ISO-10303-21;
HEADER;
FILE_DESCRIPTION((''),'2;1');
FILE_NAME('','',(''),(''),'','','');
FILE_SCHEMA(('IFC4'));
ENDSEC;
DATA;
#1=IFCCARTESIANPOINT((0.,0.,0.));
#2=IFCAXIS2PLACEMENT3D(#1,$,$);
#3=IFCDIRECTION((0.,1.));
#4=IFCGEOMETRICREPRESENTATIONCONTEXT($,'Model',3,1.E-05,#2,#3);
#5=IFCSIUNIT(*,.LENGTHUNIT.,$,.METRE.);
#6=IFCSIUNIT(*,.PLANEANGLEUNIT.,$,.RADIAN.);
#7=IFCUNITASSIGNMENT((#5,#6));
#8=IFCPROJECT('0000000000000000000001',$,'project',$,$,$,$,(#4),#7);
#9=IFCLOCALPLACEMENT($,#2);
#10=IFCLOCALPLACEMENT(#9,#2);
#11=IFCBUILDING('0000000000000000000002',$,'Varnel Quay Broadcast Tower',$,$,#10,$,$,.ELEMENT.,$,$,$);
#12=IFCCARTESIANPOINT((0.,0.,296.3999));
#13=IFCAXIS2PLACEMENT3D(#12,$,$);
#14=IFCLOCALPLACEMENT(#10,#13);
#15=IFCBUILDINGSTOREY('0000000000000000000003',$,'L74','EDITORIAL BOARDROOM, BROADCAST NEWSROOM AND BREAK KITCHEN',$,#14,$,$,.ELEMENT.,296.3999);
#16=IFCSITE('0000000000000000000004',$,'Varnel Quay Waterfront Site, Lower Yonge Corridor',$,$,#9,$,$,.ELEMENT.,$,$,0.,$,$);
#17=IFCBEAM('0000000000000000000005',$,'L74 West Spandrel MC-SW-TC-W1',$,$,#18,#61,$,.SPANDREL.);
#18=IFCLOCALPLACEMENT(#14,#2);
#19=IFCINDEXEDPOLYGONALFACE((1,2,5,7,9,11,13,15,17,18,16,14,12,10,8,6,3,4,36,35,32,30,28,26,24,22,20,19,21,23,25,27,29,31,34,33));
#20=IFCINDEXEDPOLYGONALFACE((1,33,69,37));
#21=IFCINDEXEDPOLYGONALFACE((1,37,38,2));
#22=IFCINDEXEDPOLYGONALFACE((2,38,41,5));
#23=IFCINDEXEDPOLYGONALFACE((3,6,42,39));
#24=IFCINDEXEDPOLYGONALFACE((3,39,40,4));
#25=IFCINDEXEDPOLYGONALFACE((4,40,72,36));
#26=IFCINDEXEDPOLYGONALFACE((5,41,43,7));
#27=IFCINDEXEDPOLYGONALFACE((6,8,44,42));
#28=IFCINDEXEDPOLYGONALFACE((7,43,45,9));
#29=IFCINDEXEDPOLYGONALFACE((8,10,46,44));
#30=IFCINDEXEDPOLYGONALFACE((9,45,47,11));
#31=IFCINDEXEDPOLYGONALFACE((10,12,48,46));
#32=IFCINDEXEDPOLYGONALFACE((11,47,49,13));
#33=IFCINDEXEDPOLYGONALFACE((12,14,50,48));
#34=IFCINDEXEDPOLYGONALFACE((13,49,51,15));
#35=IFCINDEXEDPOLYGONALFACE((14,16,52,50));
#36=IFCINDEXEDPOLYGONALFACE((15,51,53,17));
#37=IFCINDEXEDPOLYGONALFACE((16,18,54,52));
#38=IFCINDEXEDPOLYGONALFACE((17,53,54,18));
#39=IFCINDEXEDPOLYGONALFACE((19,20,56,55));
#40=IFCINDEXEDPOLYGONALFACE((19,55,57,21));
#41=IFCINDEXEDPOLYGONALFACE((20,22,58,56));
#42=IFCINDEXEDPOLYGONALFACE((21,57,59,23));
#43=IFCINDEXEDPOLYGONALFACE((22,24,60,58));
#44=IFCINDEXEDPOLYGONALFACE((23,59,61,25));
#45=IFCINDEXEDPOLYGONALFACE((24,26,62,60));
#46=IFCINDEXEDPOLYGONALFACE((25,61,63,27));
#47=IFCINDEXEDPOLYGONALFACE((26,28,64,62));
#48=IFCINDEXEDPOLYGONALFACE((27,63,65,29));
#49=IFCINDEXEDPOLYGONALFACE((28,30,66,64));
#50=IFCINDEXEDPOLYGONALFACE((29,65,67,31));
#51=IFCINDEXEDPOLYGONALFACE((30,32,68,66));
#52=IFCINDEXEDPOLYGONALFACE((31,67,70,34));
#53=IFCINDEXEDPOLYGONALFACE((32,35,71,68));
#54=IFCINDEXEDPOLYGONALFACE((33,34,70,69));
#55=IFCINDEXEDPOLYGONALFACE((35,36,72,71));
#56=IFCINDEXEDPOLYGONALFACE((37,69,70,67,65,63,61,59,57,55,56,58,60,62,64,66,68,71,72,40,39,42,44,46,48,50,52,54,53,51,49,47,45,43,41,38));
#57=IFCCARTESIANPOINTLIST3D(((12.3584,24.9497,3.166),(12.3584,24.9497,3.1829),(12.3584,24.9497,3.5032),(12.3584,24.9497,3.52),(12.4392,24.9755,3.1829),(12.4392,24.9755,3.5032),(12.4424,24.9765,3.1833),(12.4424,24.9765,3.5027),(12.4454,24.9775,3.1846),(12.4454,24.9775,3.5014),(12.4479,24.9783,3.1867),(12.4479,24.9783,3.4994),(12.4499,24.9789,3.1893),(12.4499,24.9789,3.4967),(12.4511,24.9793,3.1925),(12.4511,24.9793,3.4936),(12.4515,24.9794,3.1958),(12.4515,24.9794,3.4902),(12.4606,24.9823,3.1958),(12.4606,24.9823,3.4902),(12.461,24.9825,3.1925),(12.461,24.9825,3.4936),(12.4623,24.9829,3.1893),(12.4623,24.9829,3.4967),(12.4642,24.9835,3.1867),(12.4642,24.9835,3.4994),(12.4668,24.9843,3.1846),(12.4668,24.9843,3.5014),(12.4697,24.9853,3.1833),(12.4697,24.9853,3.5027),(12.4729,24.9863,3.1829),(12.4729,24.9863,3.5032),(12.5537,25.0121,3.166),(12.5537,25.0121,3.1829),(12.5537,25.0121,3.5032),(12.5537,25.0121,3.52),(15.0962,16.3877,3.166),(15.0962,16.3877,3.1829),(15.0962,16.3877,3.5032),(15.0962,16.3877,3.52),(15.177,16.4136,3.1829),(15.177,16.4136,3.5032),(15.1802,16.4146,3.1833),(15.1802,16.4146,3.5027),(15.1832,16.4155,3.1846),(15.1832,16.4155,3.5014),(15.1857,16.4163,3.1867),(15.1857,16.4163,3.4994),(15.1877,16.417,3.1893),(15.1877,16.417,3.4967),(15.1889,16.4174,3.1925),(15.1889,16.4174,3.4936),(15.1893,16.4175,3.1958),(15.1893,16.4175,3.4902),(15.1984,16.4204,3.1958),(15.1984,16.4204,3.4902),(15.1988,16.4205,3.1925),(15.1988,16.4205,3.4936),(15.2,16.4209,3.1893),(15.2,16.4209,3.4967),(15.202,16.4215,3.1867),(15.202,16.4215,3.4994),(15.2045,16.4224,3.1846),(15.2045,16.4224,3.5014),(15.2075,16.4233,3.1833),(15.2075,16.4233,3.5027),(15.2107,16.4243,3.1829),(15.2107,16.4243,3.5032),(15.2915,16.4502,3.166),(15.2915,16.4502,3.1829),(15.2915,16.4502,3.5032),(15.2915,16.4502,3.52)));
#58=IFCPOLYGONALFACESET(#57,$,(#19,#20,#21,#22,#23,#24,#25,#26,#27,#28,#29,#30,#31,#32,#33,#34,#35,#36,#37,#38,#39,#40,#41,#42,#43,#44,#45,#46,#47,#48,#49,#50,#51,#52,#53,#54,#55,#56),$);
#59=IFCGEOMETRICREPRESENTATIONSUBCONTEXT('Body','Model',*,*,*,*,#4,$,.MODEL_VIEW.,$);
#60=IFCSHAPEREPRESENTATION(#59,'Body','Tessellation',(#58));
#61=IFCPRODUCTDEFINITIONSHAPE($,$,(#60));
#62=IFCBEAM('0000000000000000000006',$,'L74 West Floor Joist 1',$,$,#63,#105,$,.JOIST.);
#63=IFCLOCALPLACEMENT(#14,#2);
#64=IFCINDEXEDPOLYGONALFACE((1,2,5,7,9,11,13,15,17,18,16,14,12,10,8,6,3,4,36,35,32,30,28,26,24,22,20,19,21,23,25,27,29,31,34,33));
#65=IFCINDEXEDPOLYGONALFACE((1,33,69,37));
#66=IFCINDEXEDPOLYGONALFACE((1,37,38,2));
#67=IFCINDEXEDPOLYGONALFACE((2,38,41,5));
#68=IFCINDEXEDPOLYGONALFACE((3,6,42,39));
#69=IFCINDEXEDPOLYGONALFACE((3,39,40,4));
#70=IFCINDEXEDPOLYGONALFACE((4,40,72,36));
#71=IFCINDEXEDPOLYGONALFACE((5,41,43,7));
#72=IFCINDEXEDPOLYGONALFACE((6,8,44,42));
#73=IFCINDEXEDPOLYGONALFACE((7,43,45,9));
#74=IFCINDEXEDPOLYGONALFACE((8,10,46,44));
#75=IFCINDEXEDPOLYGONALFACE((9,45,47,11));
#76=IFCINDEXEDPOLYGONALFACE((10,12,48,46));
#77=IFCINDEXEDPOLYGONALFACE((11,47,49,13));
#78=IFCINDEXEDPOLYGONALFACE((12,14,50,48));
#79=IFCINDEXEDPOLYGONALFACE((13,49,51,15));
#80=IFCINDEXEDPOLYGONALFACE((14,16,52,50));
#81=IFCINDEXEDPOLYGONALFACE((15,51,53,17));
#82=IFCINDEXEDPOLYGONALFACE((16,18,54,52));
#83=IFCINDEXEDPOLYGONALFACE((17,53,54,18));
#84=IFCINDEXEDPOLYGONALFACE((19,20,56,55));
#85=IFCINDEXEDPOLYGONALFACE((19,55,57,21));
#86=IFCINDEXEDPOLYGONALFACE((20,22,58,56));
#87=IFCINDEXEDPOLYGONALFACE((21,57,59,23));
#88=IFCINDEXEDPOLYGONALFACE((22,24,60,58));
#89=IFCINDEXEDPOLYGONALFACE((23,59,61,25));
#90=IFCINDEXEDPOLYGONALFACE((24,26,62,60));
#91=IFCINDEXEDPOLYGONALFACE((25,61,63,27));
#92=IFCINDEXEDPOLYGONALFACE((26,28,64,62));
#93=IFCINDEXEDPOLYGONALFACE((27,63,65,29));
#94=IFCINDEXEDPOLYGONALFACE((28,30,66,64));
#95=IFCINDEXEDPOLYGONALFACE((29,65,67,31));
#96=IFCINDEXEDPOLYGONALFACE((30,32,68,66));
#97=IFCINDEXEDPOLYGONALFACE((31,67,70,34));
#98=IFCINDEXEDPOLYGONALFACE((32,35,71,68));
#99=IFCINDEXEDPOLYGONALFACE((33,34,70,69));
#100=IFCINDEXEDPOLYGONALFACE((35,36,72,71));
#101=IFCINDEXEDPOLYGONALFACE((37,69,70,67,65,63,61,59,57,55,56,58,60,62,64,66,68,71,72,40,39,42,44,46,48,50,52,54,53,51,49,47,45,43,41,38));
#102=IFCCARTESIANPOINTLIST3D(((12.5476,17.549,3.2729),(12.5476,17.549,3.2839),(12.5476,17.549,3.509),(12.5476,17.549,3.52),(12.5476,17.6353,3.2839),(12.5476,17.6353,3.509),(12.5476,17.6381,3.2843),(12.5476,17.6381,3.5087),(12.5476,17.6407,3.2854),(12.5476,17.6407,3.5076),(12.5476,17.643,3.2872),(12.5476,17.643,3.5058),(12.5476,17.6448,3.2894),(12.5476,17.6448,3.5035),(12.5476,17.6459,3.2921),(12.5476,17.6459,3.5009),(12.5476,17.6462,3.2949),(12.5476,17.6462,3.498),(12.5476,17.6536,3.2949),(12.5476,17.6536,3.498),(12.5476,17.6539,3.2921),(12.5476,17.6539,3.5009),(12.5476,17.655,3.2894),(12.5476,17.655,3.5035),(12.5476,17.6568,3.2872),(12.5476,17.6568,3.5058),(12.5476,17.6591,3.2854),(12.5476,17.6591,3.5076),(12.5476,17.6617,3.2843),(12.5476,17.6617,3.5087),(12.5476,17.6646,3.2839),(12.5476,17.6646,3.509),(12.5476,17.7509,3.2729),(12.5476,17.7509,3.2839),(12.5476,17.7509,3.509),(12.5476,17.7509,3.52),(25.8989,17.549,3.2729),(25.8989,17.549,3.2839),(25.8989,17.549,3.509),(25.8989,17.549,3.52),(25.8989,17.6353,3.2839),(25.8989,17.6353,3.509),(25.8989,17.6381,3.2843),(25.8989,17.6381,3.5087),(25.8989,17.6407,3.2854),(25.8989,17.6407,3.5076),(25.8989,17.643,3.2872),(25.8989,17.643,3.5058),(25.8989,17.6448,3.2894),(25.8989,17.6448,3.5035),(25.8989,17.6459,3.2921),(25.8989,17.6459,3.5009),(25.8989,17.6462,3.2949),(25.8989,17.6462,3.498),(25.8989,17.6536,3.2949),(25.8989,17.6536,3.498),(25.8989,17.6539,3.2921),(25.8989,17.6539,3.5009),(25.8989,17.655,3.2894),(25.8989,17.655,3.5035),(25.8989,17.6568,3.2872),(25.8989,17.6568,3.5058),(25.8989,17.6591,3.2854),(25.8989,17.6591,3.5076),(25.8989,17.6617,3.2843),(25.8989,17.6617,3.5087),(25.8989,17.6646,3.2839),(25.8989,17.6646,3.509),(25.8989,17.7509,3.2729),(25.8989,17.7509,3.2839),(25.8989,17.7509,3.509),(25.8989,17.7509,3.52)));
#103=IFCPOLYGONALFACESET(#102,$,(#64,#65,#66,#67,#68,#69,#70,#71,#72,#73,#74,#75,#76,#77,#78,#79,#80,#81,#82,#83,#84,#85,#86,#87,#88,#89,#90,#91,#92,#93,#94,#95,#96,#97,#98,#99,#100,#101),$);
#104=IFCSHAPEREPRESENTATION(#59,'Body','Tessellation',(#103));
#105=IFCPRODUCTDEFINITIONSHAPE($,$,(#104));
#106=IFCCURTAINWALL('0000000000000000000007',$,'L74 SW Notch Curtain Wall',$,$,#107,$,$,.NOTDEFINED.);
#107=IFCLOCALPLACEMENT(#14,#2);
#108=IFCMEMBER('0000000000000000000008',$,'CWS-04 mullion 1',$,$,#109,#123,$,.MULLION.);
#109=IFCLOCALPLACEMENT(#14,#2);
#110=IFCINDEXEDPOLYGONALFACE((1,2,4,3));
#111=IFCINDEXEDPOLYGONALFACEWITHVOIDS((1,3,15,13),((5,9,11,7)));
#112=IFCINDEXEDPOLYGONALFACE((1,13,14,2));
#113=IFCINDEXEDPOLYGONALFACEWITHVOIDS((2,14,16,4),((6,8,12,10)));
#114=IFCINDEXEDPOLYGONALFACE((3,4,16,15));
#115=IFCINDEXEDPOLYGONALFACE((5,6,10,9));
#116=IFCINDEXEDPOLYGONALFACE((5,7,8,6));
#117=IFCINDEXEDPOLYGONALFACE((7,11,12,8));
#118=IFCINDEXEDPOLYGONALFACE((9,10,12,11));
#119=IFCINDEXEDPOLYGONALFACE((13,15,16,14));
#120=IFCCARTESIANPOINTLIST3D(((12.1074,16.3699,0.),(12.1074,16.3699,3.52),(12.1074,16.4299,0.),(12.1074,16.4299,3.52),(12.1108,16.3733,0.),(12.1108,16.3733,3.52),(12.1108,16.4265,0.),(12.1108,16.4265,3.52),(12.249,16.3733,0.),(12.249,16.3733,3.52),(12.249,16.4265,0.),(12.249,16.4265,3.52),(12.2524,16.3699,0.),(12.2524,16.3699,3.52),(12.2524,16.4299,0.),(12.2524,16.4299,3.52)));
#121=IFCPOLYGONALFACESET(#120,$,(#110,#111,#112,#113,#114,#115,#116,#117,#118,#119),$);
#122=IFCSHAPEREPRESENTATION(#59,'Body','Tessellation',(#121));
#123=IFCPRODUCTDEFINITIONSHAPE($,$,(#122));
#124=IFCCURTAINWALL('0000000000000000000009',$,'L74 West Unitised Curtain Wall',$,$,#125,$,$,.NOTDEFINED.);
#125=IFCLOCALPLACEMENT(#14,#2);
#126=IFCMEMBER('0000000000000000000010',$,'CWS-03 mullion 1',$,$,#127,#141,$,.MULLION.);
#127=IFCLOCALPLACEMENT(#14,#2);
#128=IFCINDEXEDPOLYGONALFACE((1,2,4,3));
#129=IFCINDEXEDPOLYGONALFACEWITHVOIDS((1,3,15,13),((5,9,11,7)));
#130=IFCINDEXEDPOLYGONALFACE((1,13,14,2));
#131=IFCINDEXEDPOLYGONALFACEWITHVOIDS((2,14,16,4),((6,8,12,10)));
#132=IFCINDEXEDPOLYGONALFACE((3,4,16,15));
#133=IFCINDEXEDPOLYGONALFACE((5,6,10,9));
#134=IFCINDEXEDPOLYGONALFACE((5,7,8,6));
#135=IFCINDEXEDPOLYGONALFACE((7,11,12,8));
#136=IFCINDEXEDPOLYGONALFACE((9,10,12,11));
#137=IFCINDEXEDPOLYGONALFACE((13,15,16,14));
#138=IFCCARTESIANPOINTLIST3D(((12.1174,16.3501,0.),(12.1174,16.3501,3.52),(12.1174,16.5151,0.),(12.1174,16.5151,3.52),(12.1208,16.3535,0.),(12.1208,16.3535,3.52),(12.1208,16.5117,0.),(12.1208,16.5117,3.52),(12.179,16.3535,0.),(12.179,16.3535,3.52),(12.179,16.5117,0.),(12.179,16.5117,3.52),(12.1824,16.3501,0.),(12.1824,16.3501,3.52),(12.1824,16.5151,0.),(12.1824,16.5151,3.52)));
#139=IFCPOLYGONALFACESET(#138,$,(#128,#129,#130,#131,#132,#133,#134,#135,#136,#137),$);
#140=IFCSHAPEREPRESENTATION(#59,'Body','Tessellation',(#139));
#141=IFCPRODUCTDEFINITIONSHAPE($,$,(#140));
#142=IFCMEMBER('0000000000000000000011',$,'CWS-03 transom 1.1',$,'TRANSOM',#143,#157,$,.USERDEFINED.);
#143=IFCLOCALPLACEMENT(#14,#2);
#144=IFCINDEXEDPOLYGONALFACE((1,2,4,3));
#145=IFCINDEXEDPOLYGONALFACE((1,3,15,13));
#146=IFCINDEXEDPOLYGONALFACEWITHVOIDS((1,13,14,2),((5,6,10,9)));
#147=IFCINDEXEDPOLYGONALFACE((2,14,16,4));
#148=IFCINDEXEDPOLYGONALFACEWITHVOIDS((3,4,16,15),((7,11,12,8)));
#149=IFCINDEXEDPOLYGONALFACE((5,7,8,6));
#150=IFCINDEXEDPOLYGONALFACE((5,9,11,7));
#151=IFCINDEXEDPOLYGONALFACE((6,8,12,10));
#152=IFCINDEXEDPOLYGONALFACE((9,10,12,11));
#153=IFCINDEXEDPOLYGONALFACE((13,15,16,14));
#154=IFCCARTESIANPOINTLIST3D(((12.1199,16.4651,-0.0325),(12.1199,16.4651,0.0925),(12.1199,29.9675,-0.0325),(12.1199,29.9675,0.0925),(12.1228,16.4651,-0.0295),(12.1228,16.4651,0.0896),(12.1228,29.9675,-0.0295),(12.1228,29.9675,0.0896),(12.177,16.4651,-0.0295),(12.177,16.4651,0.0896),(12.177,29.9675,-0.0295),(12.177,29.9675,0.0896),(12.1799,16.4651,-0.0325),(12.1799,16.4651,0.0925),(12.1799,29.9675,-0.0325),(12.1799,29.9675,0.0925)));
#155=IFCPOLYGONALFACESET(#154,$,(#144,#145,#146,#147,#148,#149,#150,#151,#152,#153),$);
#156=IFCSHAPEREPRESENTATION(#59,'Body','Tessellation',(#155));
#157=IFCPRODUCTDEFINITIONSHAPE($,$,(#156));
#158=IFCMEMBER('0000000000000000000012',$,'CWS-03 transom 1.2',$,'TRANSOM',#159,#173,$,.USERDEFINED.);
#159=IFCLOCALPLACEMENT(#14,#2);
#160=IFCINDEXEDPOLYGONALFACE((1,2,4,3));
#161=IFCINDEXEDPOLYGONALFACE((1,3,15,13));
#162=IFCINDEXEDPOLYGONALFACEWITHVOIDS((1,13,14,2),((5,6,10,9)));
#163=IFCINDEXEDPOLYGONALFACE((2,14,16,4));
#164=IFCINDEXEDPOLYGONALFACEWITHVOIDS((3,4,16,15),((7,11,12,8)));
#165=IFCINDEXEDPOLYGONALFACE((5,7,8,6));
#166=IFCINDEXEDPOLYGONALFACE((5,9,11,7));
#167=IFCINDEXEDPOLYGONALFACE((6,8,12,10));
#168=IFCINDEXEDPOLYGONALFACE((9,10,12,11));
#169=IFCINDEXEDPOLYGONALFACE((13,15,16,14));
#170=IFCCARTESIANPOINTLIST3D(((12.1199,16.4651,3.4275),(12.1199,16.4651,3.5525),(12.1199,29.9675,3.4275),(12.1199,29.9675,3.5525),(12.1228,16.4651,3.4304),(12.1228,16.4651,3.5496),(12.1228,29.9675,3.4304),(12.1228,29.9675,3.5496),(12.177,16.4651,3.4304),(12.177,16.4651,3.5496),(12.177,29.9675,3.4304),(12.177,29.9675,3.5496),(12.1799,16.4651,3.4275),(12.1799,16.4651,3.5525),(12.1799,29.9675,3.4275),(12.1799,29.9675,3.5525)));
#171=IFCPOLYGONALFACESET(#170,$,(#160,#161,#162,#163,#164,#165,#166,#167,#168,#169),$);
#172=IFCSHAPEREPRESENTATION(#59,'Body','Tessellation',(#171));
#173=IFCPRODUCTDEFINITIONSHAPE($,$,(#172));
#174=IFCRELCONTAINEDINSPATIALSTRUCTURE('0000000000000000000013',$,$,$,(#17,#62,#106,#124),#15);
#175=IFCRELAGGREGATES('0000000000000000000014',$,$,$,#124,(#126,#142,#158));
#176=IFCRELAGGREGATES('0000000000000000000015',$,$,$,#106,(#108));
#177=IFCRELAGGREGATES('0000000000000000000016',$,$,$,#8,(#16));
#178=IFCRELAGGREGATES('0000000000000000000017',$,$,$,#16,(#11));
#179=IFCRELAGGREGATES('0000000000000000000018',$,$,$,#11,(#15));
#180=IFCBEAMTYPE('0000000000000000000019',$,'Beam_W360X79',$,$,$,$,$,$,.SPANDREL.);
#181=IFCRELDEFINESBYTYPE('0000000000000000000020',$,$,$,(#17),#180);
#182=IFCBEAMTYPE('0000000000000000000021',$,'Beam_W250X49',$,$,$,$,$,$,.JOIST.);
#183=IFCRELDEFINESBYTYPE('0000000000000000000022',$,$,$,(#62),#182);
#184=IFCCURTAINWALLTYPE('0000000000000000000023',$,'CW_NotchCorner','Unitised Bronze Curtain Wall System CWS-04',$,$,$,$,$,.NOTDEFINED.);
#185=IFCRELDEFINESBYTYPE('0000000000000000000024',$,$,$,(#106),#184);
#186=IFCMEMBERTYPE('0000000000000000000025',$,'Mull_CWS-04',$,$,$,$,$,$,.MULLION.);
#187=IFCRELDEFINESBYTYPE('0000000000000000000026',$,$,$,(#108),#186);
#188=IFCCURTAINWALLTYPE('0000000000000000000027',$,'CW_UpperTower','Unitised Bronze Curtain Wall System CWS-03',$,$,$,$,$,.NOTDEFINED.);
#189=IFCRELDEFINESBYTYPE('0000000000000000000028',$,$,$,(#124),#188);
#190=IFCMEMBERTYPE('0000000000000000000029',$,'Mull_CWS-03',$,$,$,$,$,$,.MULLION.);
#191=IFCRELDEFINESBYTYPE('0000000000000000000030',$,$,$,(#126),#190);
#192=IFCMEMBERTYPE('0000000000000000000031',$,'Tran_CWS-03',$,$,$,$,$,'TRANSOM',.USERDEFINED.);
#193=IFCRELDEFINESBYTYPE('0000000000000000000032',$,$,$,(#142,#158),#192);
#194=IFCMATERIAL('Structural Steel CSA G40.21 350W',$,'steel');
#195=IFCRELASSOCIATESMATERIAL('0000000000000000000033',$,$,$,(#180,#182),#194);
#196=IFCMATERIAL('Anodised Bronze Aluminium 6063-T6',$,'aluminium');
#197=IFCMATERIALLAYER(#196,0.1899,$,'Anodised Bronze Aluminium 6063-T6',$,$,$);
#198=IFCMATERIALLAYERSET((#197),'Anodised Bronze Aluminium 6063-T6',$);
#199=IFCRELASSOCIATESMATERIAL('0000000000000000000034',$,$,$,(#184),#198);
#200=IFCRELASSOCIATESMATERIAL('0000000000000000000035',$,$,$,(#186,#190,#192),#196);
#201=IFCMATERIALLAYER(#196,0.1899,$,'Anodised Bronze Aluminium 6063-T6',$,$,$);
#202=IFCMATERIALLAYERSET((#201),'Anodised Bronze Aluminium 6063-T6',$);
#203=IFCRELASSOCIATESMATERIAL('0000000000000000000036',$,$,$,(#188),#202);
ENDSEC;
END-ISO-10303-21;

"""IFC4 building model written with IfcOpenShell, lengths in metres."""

from ifc_helpers import new_model, si_unit, direction, frame, origin, origin_2d, place, context, subcontext, project, spatial, hollow_rectangle, i_section, extrude, source, transform, mapped, material, layer, layer_set, material_profile, profile_set, type_object, type_shapes, element, aggregate, save


model = new_model("IFC4")

# Units and contexts
model_context = context("Model", 3, precision=1e-05, world=origin(), true_north=direction((0.0, 1.0)))
body_context = subcontext(model_context, "Body", "Model", "MODEL_VIEW")
ifc_project = project(units=[si_unit("LENGTHUNIT", "METRE"), si_unit("PLANEANGLEUNIT", "RADIAN")], contexts=[model_context])

# Site, building, storey
site_placement = place(None, origin())
site = spatial("IfcSite", under=ifc_project, at=site_placement, Name="Varnel Quay Waterfront Site, Lower Yonge Corridor", CompositionType="ELEMENT", RefElevation=0.0)
building_placement = place(site_placement, origin())
building = spatial("IfcBuilding", under=site, at=building_placement, Name="Varnel Quay Broadcast Tower", CompositionType="ELEMENT")
storey_placement = place(building_placement, frame((0.0, 0.0, 296.3999)))
storey = spatial("IfcBuildingStorey", under=building, at=storey_placement, Name="L74", Description="EDITORIAL BOARDROOM, BROADCAST NEWSROOM AND BREAK KITCHEN", CompositionType="ELEMENT", Elevation=296.3999)

# Beams
ifc_material_1 = material(Name="Structural Steel CSA G40.21 350W", Category="steel")
ifc_material_profile_1 = material_profile(ifc_material_1, i_section(OverallWidth=0.2051, OverallDepth=0.354, WebThickness=0.0095, FlangeThickness=0.0168, FilletRadius=0.0129, at=origin_2d()), Name="W360X79")
ifc_profile_set_1 = profile_set([ifc_material_profile_1], Name="Structural Steel CSA G40.21 350W")
beam_type_1 = type_object("IfcBeamType", Name="Beam_W360X79", PredefinedType="SPANDREL", material=ifc_profile_set_1)
shared_shape_1 = source(origin(), body_context, "Body", "SweptSolid", [
    extrude(i_section(OverallWidth=0.2051, OverallDepth=0.354, WebThickness=0.0095, FlangeThickness=0.0168, FilletRadius=0.0129, at=origin_2d()), origin(), (0.0, 0.0, 1.0), 8.989),
])
type_shapes(beam_type_1, [shared_shape_1])
beam_1_placement = place(storey_placement, frame((15.1938, 16.4189, 3.343), z_axis=(-0.304569, 0.95249, 0.0), x_axis=(-0.95249, -0.304569, 0.0)))
element("IfcBeam", 1, at=beam_1_placement, inside=storey, type_object=beam_type_1, Name="L74 West Spandrel MC-SW-TC-W1", PredefinedType="SPANDREL", context=body_context, shape_type="MappedRepresentation", body=[
    mapped(shared_shape_1, transform((0.0, 0.0, 0.0), x_axis=(1.0, 0.0, 0.0), y_axis=(0.0, 1.0, 0.0), z_axis=(0.0, 0.0, 1.0), scale=1.0)),
])
ifc_material_profile_2 = material_profile(ifc_material_1, i_section(OverallWidth=0.2019, OverallDepth=0.2471, WebThickness=0.0073, FlangeThickness=0.011, FilletRadius=0.011, at=origin_2d()), Name="W250X49")
ifc_profile_set_2 = profile_set([ifc_material_profile_2], Name="Structural Steel CSA G40.21 350W")
beam_type_2 = type_object("IfcBeamType", Name="Beam_W250X49", PredefinedType="JOIST", material=ifc_profile_set_2)
shared_shape_2 = source(origin(), body_context, "Body", "SweptSolid", [
    extrude(i_section(OverallWidth=0.2019, OverallDepth=0.2471, WebThickness=0.0073, FlangeThickness=0.011, FilletRadius=0.011, at=origin_2d()), origin(), (0.0, 0.0, 1.0), 13.3513),
])
type_shapes(beam_type_2, [shared_shape_2])
beam_2_placement = place(storey_placement, frame((12.5476, 17.6499, 3.3965), z_axis=(1.0, 0.0, 0.0), x_axis=(0.0, 1.0, 0.0)))
element("IfcBeam", 2, at=beam_2_placement, inside=storey, type_object=beam_type_2, Name="L74 West Floor Joist 1", PredefinedType="JOIST", context=body_context, shape_type="MappedRepresentation", body=[
    mapped(shared_shape_2, transform((0.0, 0.0, 0.0), x_axis=(1.0, 0.0, 0.0), y_axis=(0.0, 1.0, 0.0), z_axis=(0.0, 0.0, 1.0), scale=1.0)),
])

# Curtain wall, member
ifc_material_2 = material(Name="Anodised Bronze Aluminium 6063-T6", Category="aluminium")
ifc_layer_1 = layer(ifc_material_2, 0.1899, Name="Anodised Bronze Aluminium 6063-T6")
ifc_layer_set_1 = layer_set([ifc_layer_1], Name="Anodised Bronze Aluminium 6063-T6")
curtain_wall_type_1 = type_object("IfcCurtainWallType", Name="CW_NotchCorner", Description="Unitised Bronze Curtain Wall System CWS-04", PredefinedType="NOTDEFINED", material=ifc_layer_set_1)
curtain_wall_1_placement = place(storey_placement, origin())
curtain_wall_1 = element("IfcCurtainWall", 3, at=curtain_wall_1_placement, inside=storey, type_object=curtain_wall_type_1, Name="L74 SW Notch Curtain Wall", PredefinedType="NOTDEFINED")
ifc_material_profile_3 = material_profile(ifc_material_2, hollow_rectangle(XDim=0.0601, YDim=0.145, WallThickness=0.0034, at=origin_2d()), Name="ALU60X145X3.5")
ifc_profile_set_3 = profile_set([ifc_material_profile_3], Name="Anodised Bronze Aluminium 6063-T6")
member_type_1 = type_object("IfcMemberType", Name="Mull_CWS-04", PredefinedType="MULLION", material=ifc_profile_set_3)
shared_shape_3 = source(origin(), body_context, "Body", "SweptSolid", [
    extrude(hollow_rectangle(XDim=0.0601, YDim=0.145, WallThickness=0.0034, at=origin_2d()), origin(), (0.0, 0.0, 1.0), 3.52),
])
type_shapes(member_type_1, [shared_shape_3])
member_1_placement = place(storey_placement, frame((12.1799, 16.3999, 0.0), z_axis=(0.0, 0.0, 1.0), x_axis=(0.0, 1.0, 0.0)))
member_1 = element("IfcMember", 4, at=member_1_placement, type_object=member_type_1, Name="CWS-04 mullion 1", PredefinedType="MULLION", context=body_context, shape_type="MappedRepresentation", body=[
    mapped(shared_shape_3, transform((0.0, 0.0, 0.0), x_axis=(1.0, 0.0, 0.0), y_axis=(0.0, 1.0, 0.0), z_axis=(0.0, 0.0, 1.0), scale=1.0)),
])

# Curtain wall, members
ifc_layer_2 = layer(ifc_material_2, 0.1899, Name="Anodised Bronze Aluminium 6063-T6")
ifc_layer_set_2 = layer_set([ifc_layer_2], Name="Anodised Bronze Aluminium 6063-T6")
curtain_wall_type_2 = type_object("IfcCurtainWallType", Name="CW_UpperTower", Description="Unitised Bronze Curtain Wall System CWS-03", PredefinedType="NOTDEFINED", material=ifc_layer_set_2)
curtain_wall_2_placement = place(storey_placement, origin())
curtain_wall_2 = element("IfcCurtainWall", 5, at=curtain_wall_2_placement, inside=storey, type_object=curtain_wall_type_2, Name="L74 West Unitised Curtain Wall", PredefinedType="NOTDEFINED")
ifc_material_profile_4 = material_profile(ifc_material_2, hollow_rectangle(XDim=0.0649, YDim=0.165, WallThickness=0.0034, at=origin_2d()), Name="ALU65X165X3.5")
ifc_profile_set_4 = profile_set([ifc_material_profile_4], Name="Anodised Bronze Aluminium 6063-T6")
member_type_2 = type_object("IfcMemberType", Name="Mull_CWS-03", PredefinedType="MULLION", material=ifc_profile_set_4)
shared_shape_4 = source(origin(), body_context, "Body", "SweptSolid", [
    extrude(hollow_rectangle(XDim=0.0649, YDim=0.165, WallThickness=0.0034, at=origin_2d()), origin(), (0.0, 0.0, 1.0), 3.52),
])
type_shapes(member_type_2, [shared_shape_4])
member_2_placement = place(storey_placement, frame((12.1499, 16.4326, 0.0), z_axis=(0.0, 0.0, 1.0), x_axis=(-1.0, 0.0, 0.0)))
member_2 = element("IfcMember", 6, at=member_2_placement, type_object=member_type_2, Name="CWS-03 mullion 1", PredefinedType="MULLION", context=body_context, shape_type="MappedRepresentation", body=[
    mapped(shared_shape_4, transform((0.0, 0.0, 0.0), x_axis=(1.0, 0.0, 0.0), y_axis=(0.0, 1.0, 0.0), z_axis=(0.0, 0.0, 1.0), scale=1.0)),
])
ifc_material_profile_5 = material_profile(ifc_material_2, hollow_rectangle(XDim=0.0601, YDim=0.125, WallThickness=0.0029, at=origin_2d()), Name="ALU60X125X3")
ifc_profile_set_5 = profile_set([ifc_material_profile_5], Name="Anodised Bronze Aluminium 6063-T6")
member_type_3 = type_object("IfcMemberType", Name="Tran_CWS-03", ElementType="TRANSOM", PredefinedType="USERDEFINED", material=ifc_profile_set_5)
shared_shape_5 = source(origin(), body_context, "Body", "SweptSolid", [
    extrude(hollow_rectangle(XDim=0.0601, YDim=0.125, WallThickness=0.0029, at=origin_2d()), origin(), (0.0, 0.0, 1.0), 13.5024),
])
type_shapes(member_type_3, [shared_shape_5])
member_3_placement = place(storey_placement, frame((12.1499, 16.4651, 0.03), z_axis=(0.0, 1.0, 0.0), x_axis=(-1.0, 0.0, 0.0)))
member_3 = element("IfcMember", 7, at=member_3_placement, type_object=member_type_3, Name="CWS-03 transom 1.1", ObjectType="TRANSOM", PredefinedType="USERDEFINED", context=body_context, shape_type="MappedRepresentation", body=[
    mapped(shared_shape_5, transform((0.0, 0.0, 0.0), x_axis=(1.0, 0.0, 0.0), y_axis=(0.0, 1.0, 0.0), z_axis=(0.0, 0.0, 1.0), scale=1.0)),
])
member_4_placement = place(storey_placement, frame((12.1499, 16.4651, 3.49), z_axis=(0.0, 1.0, 0.0), x_axis=(-1.0, 0.0, 0.0)))
member_4 = element("IfcMember", 8, at=member_4_placement, type_object=member_type_3, Name="CWS-03 transom 1.2", ObjectType="TRANSOM", PredefinedType="USERDEFINED", context=body_context, shape_type="MappedRepresentation", body=[
    mapped(shared_shape_5, transform((0.0, 0.0, 0.0), x_axis=(1.0, 0.0, 0.0), y_axis=(0.0, 1.0, 0.0), z_axis=(0.0, 0.0, 1.0), scale=1.0)),
])
aggregate(curtain_wall_2, [member_2, member_3, member_4])

aggregate(curtain_wall_1, [member_1])

save(model, "model.ifc")
